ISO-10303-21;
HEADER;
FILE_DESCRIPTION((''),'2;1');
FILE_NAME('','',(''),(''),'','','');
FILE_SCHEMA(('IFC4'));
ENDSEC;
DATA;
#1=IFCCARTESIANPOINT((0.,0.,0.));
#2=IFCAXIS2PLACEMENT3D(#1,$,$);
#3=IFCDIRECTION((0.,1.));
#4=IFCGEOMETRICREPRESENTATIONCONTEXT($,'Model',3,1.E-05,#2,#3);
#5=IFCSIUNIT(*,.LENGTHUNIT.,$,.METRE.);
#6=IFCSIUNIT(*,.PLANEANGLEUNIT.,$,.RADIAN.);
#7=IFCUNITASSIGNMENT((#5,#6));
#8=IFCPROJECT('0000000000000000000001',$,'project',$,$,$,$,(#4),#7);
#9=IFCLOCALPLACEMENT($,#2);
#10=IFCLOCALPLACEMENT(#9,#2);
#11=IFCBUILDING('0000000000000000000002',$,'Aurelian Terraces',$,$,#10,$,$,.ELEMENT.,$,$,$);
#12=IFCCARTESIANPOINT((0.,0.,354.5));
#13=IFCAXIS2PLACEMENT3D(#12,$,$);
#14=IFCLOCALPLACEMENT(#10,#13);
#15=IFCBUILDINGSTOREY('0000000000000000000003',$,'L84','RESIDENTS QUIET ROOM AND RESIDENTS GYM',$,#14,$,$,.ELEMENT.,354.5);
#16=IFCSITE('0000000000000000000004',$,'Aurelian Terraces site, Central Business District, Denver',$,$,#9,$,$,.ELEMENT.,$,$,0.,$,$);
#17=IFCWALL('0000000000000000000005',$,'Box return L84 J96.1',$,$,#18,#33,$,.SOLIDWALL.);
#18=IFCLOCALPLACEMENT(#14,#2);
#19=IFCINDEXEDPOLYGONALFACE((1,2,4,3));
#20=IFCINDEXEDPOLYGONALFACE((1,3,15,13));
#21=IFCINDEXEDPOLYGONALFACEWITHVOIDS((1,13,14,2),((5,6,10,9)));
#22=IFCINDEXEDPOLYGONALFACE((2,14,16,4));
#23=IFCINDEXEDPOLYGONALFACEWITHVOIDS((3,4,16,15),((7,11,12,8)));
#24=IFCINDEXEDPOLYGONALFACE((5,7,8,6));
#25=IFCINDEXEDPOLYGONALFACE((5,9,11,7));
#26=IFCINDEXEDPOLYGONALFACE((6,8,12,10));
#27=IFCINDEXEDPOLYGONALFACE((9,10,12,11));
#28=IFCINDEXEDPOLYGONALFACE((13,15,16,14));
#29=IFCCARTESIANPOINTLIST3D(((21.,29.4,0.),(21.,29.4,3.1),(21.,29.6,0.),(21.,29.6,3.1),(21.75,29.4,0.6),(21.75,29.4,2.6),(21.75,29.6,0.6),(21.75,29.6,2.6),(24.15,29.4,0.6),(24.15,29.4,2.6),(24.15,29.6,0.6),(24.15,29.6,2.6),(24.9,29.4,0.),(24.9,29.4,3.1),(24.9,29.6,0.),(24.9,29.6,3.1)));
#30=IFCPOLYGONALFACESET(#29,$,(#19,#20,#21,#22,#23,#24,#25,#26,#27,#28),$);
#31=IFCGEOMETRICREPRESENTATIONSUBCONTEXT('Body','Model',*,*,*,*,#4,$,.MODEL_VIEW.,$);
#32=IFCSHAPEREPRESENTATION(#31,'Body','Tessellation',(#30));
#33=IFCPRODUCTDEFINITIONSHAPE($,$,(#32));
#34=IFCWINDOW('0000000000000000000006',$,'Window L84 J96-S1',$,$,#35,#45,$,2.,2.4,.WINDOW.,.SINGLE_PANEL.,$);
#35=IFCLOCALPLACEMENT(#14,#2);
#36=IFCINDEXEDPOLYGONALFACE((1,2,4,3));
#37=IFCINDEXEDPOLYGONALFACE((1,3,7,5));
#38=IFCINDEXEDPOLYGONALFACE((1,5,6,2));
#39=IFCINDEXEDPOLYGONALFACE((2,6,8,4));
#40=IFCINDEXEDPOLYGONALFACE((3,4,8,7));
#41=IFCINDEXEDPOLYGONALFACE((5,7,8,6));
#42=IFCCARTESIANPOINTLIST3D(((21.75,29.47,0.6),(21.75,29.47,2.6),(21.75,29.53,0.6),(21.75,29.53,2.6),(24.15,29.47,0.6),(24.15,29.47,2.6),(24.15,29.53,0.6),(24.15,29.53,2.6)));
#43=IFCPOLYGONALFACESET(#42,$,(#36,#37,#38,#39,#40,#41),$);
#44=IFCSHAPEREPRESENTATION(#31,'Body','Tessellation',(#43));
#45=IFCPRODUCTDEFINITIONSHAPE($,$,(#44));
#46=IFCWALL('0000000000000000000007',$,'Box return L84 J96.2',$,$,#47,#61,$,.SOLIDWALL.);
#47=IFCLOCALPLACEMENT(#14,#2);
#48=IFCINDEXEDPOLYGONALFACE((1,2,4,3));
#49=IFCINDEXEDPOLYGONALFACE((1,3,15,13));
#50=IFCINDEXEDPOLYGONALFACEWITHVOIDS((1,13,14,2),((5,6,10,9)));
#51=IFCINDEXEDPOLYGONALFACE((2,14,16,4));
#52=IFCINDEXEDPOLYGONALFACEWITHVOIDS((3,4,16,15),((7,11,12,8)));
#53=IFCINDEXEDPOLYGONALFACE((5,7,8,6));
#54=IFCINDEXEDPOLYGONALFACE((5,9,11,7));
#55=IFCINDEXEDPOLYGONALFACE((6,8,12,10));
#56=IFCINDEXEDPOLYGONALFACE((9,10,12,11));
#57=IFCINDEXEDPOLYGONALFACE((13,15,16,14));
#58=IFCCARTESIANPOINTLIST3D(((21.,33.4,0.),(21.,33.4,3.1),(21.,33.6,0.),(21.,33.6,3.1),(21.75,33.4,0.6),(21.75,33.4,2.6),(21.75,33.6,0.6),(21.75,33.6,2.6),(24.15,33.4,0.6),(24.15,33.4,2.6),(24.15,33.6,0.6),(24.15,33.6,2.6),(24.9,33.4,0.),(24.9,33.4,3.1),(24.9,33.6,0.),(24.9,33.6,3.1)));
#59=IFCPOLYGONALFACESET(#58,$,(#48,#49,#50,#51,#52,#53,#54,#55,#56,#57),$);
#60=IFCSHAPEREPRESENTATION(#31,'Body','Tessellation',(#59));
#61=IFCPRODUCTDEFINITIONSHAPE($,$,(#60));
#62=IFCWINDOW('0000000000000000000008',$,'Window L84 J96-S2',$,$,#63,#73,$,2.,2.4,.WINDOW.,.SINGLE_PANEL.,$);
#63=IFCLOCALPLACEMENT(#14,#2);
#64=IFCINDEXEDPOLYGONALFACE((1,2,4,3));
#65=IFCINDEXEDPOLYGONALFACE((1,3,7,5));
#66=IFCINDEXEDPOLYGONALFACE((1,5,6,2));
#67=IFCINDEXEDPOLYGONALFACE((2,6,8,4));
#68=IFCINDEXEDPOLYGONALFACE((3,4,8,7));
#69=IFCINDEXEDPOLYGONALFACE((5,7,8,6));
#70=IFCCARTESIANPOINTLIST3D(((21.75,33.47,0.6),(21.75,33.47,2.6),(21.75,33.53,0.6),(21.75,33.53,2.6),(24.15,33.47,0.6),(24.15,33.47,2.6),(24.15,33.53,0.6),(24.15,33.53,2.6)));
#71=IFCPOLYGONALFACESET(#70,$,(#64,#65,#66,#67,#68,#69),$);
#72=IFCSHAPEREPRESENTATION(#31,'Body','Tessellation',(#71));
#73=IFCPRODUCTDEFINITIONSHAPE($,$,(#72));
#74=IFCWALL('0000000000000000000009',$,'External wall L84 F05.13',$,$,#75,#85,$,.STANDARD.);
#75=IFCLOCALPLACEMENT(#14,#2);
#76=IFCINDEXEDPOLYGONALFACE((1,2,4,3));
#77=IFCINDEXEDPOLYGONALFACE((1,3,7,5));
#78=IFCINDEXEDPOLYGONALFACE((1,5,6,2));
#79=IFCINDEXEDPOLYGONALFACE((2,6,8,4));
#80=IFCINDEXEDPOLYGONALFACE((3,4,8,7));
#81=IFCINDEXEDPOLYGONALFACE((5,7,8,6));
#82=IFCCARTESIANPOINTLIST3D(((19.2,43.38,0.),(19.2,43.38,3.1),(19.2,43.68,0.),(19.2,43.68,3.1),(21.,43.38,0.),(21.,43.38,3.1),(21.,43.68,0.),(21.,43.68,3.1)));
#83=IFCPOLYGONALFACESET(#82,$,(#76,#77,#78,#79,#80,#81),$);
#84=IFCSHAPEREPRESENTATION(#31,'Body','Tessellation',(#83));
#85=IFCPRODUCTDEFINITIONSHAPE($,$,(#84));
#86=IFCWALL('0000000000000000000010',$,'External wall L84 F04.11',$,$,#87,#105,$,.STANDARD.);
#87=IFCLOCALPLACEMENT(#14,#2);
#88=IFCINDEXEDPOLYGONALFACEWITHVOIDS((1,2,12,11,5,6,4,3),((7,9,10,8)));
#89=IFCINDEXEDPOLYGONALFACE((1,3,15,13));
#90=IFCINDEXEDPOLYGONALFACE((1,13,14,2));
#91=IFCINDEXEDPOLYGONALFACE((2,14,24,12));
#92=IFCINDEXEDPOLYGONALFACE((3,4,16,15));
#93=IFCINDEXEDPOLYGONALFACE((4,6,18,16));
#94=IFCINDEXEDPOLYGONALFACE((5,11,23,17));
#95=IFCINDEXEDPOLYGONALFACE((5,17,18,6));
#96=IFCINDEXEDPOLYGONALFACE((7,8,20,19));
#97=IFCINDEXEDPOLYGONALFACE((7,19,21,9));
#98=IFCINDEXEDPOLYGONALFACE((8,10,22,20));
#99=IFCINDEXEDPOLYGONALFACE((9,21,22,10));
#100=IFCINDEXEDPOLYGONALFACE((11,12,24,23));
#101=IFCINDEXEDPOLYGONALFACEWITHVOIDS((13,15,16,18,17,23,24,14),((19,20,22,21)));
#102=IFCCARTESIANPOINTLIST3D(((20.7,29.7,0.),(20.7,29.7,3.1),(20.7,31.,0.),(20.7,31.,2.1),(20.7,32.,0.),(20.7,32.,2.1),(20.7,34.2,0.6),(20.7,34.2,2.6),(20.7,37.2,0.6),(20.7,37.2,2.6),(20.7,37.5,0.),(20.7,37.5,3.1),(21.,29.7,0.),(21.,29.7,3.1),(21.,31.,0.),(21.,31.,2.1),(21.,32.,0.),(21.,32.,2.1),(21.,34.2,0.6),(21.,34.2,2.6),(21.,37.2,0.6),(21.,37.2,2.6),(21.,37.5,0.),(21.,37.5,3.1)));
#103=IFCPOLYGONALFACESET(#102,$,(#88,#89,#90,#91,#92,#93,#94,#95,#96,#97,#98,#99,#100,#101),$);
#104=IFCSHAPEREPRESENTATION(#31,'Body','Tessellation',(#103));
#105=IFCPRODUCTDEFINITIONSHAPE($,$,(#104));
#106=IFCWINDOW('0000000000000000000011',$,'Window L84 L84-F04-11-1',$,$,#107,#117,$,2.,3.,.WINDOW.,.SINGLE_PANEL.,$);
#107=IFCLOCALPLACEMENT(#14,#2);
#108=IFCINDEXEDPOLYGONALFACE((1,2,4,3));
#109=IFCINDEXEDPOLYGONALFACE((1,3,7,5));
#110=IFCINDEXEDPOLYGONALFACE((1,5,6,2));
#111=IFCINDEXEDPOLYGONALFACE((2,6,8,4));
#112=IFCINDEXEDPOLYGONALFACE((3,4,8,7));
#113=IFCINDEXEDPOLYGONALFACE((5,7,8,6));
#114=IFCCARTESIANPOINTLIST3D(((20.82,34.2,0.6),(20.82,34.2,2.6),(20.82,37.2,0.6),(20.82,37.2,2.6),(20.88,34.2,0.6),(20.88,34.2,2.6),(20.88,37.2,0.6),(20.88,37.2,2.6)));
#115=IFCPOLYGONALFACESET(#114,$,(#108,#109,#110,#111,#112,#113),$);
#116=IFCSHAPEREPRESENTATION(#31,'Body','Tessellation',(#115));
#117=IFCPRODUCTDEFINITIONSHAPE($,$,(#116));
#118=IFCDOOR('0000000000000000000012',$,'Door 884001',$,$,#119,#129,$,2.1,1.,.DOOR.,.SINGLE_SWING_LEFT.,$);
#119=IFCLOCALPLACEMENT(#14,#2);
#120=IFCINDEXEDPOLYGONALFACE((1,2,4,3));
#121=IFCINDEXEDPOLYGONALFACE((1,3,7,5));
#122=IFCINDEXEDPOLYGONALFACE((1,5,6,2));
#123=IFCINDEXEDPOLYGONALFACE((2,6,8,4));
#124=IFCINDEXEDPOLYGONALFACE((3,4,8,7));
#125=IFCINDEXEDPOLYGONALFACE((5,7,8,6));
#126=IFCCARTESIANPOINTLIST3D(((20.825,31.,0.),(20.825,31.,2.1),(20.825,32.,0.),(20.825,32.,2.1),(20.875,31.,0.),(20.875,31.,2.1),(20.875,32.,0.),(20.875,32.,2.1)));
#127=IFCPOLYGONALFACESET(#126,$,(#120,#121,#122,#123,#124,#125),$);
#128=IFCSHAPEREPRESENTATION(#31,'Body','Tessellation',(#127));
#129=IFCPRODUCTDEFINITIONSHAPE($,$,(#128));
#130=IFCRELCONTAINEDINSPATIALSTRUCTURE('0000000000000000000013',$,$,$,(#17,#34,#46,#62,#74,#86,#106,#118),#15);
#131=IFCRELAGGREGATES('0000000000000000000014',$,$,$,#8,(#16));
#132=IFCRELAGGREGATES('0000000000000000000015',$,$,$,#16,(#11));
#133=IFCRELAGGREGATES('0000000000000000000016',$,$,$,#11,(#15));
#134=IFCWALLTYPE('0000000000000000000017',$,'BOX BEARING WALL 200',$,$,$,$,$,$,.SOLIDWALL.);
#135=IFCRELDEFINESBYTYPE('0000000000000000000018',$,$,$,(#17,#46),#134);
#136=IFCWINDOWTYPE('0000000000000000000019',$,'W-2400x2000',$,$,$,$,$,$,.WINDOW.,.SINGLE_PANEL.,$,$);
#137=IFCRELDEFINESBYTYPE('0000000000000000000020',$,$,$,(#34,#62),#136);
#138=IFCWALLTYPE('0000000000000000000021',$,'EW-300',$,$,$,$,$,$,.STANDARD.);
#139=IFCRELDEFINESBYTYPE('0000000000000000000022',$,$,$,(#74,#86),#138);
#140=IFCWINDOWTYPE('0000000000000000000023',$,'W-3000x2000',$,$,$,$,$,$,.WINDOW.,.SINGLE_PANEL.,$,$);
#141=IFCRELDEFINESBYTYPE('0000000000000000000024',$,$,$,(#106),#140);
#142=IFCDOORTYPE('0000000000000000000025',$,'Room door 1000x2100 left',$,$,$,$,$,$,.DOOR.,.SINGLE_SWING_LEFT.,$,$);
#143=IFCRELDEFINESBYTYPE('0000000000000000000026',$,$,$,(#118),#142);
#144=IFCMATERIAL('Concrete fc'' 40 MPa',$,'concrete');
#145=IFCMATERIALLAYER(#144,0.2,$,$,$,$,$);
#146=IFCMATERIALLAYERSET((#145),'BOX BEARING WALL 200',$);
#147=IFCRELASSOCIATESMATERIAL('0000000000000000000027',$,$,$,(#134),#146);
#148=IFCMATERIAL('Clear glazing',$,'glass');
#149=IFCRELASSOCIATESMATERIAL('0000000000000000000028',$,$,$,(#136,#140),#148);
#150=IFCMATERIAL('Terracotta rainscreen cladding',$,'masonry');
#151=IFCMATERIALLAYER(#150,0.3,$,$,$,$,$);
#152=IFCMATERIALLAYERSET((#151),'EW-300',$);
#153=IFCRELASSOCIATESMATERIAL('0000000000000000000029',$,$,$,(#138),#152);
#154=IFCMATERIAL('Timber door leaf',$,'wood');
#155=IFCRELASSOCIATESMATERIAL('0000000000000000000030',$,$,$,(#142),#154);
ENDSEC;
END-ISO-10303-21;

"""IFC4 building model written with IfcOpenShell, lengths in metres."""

from ifc_helpers import new_model, si_unit, direction, frame, frame_2d, origin, place, context, subcontext, project, spatial, rectangle, extrude, source, transform, mapped, material, layer, layer_set, type_object, element, fill, save


model = new_model("IFC4")

# Units and contexts
model_context = context("Model", 3, precision=1e-05, world=origin(), true_north=direction((0.0, 1.0)))
body_context = subcontext(model_context, "Body", "Model", "MODEL_VIEW")
ifc_project = project(units=[si_unit("LENGTHUNIT", "METRE"), si_unit("PLANEANGLEUNIT", "RADIAN")], contexts=[model_context])

# Site, building, storey
site_placement = place(None, origin())
site = spatial("IfcSite", under=ifc_project, at=site_placement, Name="Aurelian Terraces site, Central Business District, Denver", CompositionType="ELEMENT", RefElevation=0.0)
building_placement = place(site_placement, origin())
building = spatial("IfcBuilding", under=site, at=building_placement, Name="Aurelian Terraces", CompositionType="ELEMENT")
storey_placement = place(building_placement, frame((0.0, 0.0, 354.5)))
storey = spatial("IfcBuildingStorey", under=building, at=storey_placement, Name="L84", Description="RESIDENTS QUIET ROOM AND RESIDENTS GYM", CompositionType="ELEMENT", Elevation=354.5)

# Walls, openings, windows
ifc_material_1 = material(Name="Concrete fc' 40 MPa", Category="concrete")
ifc_layer_1 = layer(ifc_material_1, 0.2)
ifc_layer_set_1 = layer_set([ifc_layer_1], Name="BOX BEARING WALL 200")
wall_type_1 = type_object("IfcWallType", Name="BOX BEARING WALL 200", PredefinedType="SOLIDWALL", material=ifc_layer_set_1)
shared_shape_1 = source(origin(), body_context, "Body", "SweptSolid", [
    extrude(rectangle(XDim=3.9, YDim=0.2, at=frame_2d((1.95, 0.0))), origin(), (0.0, 0.0, 1.0), 3.1),
])
wall_1_placement = place(storey_placement, frame((21.0, 29.5, 0.0), z_axis=(0.0, 0.0, 1.0), x_axis=(1.0, 0.0, 0.0)))
wall_1 = element("IfcWall", 1, at=wall_1_placement, inside=storey, type_object=wall_type_1, Name="Box return L84 J96.1", PredefinedType="SOLIDWALL", context=body_context, shape_type="MappedRepresentation", body=[
    mapped(shared_shape_1, transform((0.0, 0.0, 0.0), scale=1.0)),
])
shared_shape_2 = source(origin(), body_context, "Body", "SweptSolid", [
    extrude(rectangle(XDim=2.4, YDim=2.0, at=frame_2d((1.2, 1.0))), frame((0.0, 0.11, 0.0), z_axis=(0.0, -1.0, 0.0), x_axis=(1.0, 0.0, 0.0)), (0.0, 0.0, 1.0), 0.22),
])
opening_1_placement = place(wall_1_placement, frame((0.75, 0.0, 0.6)))
opening_1 = element("IfcOpeningElement", 2, at=opening_1_placement, cuts=wall_1, PredefinedType="OPENING", context=body_context, shape_type="MappedRepresentation", body=[
    mapped(shared_shape_2, transform((0.0, 0.0, 0.0), scale=1.0)),
])
ifc_material_2 = material(Name="Clear glazing", Category="glass")
window_type_1 = type_object("IfcWindowType", Name="W-2400x2000", PartitioningType="SINGLE_PANEL", PredefinedType="WINDOW", material=ifc_material_2)
shared_shape_3 = source(origin(), body_context, "Body", "SweptSolid", [
    extrude(rectangle(XDim=2.4, YDim=2.0, at=frame_2d((1.2, 1.0))), frame((0.0, 0.03, 0.0), z_axis=(0.0, -1.0, 0.0), x_axis=(1.0, 0.0, 0.0)), (0.0, 0.0, 1.0), 0.06),
])
window_1_placement = place(opening_1_placement, origin())
window_1 = element("IfcWindow", 3, at=window_1_placement, inside=storey, type_object=window_type_1, Name="Window L84 J96-S1", OverallHeight=2.0, OverallWidth=2.4, PartitioningType="SINGLE_PANEL", PredefinedType="WINDOW", context=body_context, shape_type="MappedRepresentation", body=[
    mapped(shared_shape_3, transform((0.0, 0.0, 0.0), scale=1.0)),
])
fill(opening_1, window_1)
wall_2_placement = place(storey_placement, frame((21.0, 33.5, 0.0), z_axis=(0.0, 0.0, 1.0), x_axis=(1.0, 0.0, 0.0)))
wall_2 = element("IfcWall", 4, at=wall_2_placement, inside=storey, type_object=wall_type_1, Name="Box return L84 J96.2", PredefinedType="SOLIDWALL", context=body_context, shape_type="MappedRepresentation", body=[
    mapped(shared_shape_1, transform((0.0, 0.0, 0.0), scale=1.0)),
])
opening_2_placement = place(wall_2_placement, frame((0.75, 0.0, 0.6)))
opening_2 = element("IfcOpeningElement", 5, at=opening_2_placement, cuts=wall_2, PredefinedType="OPENING", context=body_context, shape_type="MappedRepresentation", body=[
    mapped(shared_shape_2, transform((0.0, 0.0, 0.0), scale=1.0)),
])
window_2_placement = place(opening_2_placement, origin())
window_2 = element("IfcWindow", 6, at=window_2_placement, inside=storey, type_object=window_type_1, Name="Window L84 J96-S2", OverallHeight=2.0, OverallWidth=2.4, PartitioningType="SINGLE_PANEL", PredefinedType="WINDOW", context=body_context, shape_type="MappedRepresentation", body=[
    mapped(shared_shape_3, transform((0.0, 0.0, 0.0), scale=1.0)),
])
fill(opening_2, window_2)

# Wall
ifc_material_3 = material(Name="Terracotta rainscreen cladding", Category="masonry")
ifc_layer_2 = layer(ifc_material_3, 0.3)
ifc_layer_set_2 = layer_set([ifc_layer_2], Name="EW-300")
wall_type_2 = type_object("IfcWallType", Name="EW-300", PredefinedType="STANDARD", material=ifc_layer_set_2)
shared_shape_4 = source(origin(), body_context, "Body", "SweptSolid", [
    extrude(rectangle(XDim=1.8, YDim=0.3, at=frame_2d((0.9, 0.0))), origin(), (0.0, 0.0, 1.0), 3.1),
])
wall_3_placement = place(storey_placement, frame((21.0, 43.53, 0.0), z_axis=(0.0, 0.0, 1.0), x_axis=(-1.0, 0.0, 0.0)))
element("IfcWall", 7, at=wall_3_placement, inside=storey, type_object=wall_type_2, Name="External wall L84 F05.13", PredefinedType="STANDARD", context=body_context, shape_type="MappedRepresentation", body=[
    mapped(shared_shape_4, transform((0.0, 0.0, 0.0), scale=1.0)),
])

# Wall, openings, window, door
shared_shape_5 = source(origin(), body_context, "Body", "SweptSolid", [
    extrude(rectangle(XDim=7.8, YDim=0.3, at=frame_2d((3.9, 0.0))), origin(), (0.0, 0.0, 1.0), 3.1),
])
wall_4_placement = place(storey_placement, frame((20.85, 29.7, 0.0), z_axis=(0.0, 0.0, 1.0), x_axis=(0.0, 1.0, 0.0)))
wall_4 = element("IfcWall", 8, at=wall_4_placement, inside=storey, type_object=wall_type_2, Name="External wall L84 F04.11", PredefinedType="STANDARD", context=body_context, shape_type="MappedRepresentation", body=[
    mapped(shared_shape_5, transform((0.0, 0.0, 0.0), scale=1.0)),
])
shared_shape_6 = source(origin(), body_context, "Body", "SweptSolid", [
    extrude(rectangle(XDim=3.0, YDim=2.0, at=frame_2d((1.5, 1.0))), frame((0.0, 0.16, 0.0), z_axis=(0.0, -1.0, 0.0), x_axis=(1.0, 0.0, 0.0)), (0.0, 0.0, 1.0), 0.32),
])
opening_3_placement = place(wall_4_placement, frame((4.5, 0.0, 0.6)))
opening_3 = element("IfcOpeningElement", 9, at=opening_3_placement, cuts=wall_4, PredefinedType="OPENING", context=body_context, shape_type="MappedRepresentation", body=[
    mapped(shared_shape_6, transform((0.0, 0.0, 0.0), scale=1.0)),
])
shared_shape_7 = source(origin(), body_context, "Body", "SweptSolid", [
    extrude(rectangle(XDim=1.0, YDim=2.1, at=frame_2d((0.5, 1.05))), frame((0.0, 0.16, 0.0), z_axis=(0.0, -1.0, 0.0), x_axis=(1.0, 0.0, 0.0)), (0.0, 0.0, 1.0), 0.32),
])
opening_4_placement = place(wall_4_placement, frame((1.3, 0.0, 0.0)))
opening_4 = element("IfcOpeningElement", 10, at=opening_4_placement, cuts=wall_4, PredefinedType="OPENING", context=body_context, shape_type="MappedRepresentation", body=[
    mapped(shared_shape_7, transform((0.0, 0.0, 0.0), scale=1.0)),
])
window_type_2 = type_object("IfcWindowType", Name="W-3000x2000", PartitioningType="SINGLE_PANEL", PredefinedType="WINDOW", material=ifc_material_2)
shared_shape_8 = source(origin(), body_context, "Body", "SweptSolid", [
    extrude(rectangle(XDim=3.0, YDim=2.0, at=frame_2d((1.5, 1.0))), frame((0.0, 0.03, 0.0), z_axis=(0.0, -1.0, 0.0), x_axis=(1.0, 0.0, 0.0)), (0.0, 0.0, 1.0), 0.06),
])
window_3_placement = place(opening_3_placement, origin())
window_3 = element("IfcWindow", 11, at=window_3_placement, inside=storey, type_object=window_type_2, Name="Window L84 L84-F04-11-1", OverallHeight=2.0, OverallWidth=3.0, PartitioningType="SINGLE_PANEL", PredefinedType="WINDOW", context=body_context, shape_type="MappedRepresentation", body=[
    mapped(shared_shape_8, transform((0.0, 0.0, 0.0), scale=1.0)),
])
fill(opening_3, window_3)
ifc_material_4 = material(Name="Timber door leaf", Category="wood")
door_type = type_object("IfcDoorType", Name="Room door 1000x2100 left", OperationType="SINGLE_SWING_LEFT", PredefinedType="DOOR", material=ifc_material_4)
shared_shape_9 = source(origin(), body_context, "Body", "SweptSolid", [
    extrude(rectangle(XDim=1.0, YDim=2.1, at=frame_2d((0.5, 1.05))), frame((0.0, 0.025, 0.0), z_axis=(0.0, -1.0, 0.0), x_axis=(1.0, 0.0, 0.0)), (0.0, 0.0, 1.0), 0.05),
])
door_placement = place(opening_4_placement, origin())
door = element("IfcDoor", 12, at=door_placement, inside=storey, type_object=door_type, Name="Door 884001", OperationType="SINGLE_SWING_LEFT", OverallHeight=2.1, OverallWidth=1.0, PredefinedType="DOOR", context=body_context, shape_type="MappedRepresentation", body=[
    mapped(shared_shape_9, transform((0.0, 0.0, 0.0), scale=1.0)),
])
fill(opening_4, door)

save(model, "model.ifc")
